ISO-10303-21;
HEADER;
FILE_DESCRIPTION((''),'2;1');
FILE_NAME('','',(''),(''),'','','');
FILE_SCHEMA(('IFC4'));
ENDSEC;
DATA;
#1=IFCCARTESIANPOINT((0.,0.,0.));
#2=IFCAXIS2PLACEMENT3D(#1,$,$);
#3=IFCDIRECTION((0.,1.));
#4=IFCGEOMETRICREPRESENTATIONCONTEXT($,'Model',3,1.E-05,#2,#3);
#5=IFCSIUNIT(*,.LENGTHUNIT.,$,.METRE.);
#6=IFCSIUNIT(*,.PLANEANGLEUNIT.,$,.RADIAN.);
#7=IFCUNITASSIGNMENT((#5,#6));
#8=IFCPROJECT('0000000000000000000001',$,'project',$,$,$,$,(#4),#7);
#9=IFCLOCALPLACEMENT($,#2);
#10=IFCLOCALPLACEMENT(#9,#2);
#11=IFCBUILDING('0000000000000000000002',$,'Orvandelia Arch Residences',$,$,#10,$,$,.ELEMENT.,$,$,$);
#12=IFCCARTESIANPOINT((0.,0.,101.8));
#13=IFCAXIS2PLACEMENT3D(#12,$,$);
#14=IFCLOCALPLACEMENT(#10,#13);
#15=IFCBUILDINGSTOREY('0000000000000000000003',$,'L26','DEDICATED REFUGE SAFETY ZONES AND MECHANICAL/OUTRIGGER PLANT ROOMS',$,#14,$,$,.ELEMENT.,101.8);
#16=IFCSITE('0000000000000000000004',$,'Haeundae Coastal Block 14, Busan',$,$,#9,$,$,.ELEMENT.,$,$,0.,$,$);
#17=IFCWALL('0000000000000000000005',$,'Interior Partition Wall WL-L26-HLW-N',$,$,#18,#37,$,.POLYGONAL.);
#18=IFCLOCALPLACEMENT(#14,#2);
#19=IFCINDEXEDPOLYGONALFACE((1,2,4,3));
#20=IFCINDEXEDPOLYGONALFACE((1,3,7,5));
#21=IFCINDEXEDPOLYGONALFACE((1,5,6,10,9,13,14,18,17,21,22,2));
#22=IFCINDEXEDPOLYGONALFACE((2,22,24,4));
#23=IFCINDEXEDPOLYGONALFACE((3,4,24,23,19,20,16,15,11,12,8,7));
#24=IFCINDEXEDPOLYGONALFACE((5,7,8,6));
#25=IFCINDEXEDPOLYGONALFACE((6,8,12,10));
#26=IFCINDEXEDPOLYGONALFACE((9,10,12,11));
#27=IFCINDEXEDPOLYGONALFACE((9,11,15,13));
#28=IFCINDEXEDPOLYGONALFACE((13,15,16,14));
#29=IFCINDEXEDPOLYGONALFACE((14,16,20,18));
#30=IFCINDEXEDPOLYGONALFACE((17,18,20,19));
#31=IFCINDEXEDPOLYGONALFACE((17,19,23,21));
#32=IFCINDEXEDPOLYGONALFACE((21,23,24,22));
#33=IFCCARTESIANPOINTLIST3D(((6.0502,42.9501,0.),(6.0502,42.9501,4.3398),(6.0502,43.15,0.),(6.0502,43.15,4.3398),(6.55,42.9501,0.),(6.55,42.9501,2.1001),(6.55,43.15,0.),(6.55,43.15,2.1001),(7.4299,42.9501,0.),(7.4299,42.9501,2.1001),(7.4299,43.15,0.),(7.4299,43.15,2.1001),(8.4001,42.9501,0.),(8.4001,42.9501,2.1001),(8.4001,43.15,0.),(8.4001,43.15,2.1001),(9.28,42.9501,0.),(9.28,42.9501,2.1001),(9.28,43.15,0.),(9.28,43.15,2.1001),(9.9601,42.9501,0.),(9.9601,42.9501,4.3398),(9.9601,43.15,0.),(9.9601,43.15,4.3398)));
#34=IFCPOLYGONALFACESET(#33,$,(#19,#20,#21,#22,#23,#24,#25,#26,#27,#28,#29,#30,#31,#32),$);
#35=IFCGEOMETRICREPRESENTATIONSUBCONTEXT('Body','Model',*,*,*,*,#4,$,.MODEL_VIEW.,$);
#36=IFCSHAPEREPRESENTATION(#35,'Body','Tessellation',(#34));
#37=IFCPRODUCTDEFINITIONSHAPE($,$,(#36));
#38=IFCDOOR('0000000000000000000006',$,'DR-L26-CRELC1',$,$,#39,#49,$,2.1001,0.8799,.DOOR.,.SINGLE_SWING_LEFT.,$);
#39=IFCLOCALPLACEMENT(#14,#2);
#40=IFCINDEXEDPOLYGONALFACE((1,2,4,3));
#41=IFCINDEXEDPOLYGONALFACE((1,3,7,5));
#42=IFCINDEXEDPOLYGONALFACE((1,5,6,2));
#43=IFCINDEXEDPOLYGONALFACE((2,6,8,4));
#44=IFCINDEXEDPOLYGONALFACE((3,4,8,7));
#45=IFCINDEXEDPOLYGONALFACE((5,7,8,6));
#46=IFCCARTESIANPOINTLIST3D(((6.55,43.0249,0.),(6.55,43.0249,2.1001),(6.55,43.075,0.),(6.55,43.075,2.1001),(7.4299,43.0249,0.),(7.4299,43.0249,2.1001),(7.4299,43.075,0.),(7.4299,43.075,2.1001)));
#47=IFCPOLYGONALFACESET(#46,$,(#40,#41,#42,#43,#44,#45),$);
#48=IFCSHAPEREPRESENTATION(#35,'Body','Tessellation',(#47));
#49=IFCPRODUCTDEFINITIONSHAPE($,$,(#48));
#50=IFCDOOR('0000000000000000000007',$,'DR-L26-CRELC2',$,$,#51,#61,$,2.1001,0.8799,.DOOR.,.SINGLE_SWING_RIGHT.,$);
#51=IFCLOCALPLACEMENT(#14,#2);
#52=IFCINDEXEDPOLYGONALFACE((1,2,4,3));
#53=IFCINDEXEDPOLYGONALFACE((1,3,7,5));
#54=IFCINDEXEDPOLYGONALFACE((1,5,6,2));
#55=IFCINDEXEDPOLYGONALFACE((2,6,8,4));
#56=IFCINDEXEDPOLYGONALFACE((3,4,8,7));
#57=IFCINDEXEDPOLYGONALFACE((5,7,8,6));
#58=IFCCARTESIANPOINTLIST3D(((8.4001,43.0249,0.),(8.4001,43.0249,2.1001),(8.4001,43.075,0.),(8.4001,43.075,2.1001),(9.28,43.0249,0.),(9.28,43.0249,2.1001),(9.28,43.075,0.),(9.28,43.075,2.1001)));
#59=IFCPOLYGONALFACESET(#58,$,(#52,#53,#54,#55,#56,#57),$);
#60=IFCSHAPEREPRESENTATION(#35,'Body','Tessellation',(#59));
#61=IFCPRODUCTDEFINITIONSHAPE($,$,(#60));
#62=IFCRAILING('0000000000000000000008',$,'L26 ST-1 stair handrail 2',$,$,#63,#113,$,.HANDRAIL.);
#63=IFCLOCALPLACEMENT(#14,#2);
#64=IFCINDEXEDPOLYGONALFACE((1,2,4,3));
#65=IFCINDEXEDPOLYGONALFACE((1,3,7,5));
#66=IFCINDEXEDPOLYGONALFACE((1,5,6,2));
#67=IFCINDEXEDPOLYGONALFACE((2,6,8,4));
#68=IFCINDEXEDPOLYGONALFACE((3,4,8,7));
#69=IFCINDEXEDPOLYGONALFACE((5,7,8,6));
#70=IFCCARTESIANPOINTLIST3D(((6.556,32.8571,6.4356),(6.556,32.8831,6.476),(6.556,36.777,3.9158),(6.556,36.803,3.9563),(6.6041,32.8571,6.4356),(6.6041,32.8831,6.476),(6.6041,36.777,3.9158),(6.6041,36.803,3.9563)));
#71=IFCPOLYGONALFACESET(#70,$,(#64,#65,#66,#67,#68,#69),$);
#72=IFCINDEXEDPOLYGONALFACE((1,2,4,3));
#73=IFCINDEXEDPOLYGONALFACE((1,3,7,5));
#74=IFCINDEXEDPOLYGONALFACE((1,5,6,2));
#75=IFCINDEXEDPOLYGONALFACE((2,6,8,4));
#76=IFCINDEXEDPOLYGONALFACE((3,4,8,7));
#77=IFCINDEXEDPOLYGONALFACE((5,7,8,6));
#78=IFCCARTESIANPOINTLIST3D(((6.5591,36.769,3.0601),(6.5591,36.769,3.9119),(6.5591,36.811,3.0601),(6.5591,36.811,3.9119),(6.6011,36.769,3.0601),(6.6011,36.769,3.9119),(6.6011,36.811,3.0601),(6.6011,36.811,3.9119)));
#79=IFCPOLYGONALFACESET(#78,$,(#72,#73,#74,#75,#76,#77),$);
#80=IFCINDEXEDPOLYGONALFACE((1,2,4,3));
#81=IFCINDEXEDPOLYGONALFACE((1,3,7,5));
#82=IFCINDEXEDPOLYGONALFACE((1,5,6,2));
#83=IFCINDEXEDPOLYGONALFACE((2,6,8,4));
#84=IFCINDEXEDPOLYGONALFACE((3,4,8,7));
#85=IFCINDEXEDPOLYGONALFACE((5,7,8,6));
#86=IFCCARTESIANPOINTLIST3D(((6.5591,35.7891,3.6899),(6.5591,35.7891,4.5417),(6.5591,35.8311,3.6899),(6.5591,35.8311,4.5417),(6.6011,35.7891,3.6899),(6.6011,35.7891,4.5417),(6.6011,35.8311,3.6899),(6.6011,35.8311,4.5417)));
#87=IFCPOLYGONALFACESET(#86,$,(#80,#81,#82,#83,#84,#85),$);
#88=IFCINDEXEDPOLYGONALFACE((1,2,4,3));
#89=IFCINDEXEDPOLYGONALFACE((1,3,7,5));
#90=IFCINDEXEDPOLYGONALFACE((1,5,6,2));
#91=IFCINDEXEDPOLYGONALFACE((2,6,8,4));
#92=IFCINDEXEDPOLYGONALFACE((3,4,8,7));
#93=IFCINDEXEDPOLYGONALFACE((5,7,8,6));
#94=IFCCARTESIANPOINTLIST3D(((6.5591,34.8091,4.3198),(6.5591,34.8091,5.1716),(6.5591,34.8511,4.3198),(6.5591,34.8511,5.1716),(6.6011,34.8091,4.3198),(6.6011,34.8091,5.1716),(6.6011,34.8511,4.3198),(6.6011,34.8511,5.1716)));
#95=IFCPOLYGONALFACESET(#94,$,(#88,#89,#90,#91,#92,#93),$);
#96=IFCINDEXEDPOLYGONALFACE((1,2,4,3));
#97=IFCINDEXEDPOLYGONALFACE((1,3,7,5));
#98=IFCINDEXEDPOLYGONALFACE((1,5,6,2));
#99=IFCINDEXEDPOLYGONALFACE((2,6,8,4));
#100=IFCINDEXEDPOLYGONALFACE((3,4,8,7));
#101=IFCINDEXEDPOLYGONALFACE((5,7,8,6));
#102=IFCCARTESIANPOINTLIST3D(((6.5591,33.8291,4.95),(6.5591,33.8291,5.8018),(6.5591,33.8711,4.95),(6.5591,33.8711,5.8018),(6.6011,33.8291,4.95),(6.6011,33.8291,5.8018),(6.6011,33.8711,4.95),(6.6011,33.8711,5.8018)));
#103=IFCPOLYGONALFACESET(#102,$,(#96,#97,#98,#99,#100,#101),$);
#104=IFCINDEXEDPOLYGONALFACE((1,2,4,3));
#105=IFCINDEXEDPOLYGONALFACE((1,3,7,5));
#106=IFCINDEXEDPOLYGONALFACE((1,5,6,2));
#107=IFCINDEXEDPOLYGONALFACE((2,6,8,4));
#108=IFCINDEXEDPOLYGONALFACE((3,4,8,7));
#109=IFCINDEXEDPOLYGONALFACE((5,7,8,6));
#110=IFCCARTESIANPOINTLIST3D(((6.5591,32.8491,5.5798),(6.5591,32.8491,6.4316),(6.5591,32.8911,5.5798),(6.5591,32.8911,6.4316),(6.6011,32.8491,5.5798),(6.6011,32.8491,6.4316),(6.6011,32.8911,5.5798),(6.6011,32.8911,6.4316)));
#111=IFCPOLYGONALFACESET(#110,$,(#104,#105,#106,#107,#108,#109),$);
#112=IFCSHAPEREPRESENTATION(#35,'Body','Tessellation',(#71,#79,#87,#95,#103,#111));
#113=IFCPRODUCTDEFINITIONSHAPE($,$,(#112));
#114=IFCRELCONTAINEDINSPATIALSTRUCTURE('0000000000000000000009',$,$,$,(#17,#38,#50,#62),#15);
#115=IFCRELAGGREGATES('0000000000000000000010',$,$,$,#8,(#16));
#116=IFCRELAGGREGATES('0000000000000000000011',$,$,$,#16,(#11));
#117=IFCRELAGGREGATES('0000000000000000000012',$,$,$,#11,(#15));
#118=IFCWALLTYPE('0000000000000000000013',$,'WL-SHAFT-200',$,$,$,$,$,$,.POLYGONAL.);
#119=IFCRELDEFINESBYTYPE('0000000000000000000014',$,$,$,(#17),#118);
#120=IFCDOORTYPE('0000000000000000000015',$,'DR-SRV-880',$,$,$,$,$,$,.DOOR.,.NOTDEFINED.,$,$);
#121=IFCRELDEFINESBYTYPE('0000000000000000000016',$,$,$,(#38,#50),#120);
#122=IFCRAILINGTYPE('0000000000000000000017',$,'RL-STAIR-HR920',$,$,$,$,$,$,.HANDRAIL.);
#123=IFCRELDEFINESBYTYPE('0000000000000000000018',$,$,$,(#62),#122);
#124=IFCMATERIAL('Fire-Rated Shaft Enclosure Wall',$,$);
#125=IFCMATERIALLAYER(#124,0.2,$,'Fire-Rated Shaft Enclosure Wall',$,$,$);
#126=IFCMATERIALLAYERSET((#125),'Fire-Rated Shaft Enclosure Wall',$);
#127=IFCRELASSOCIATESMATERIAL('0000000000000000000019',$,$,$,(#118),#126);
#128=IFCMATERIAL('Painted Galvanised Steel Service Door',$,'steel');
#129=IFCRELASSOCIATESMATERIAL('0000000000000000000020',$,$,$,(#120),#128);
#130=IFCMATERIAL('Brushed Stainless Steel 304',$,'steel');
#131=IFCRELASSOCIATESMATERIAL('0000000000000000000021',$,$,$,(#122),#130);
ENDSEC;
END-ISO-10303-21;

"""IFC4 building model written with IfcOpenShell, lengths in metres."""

from ifc_helpers import new_model, si_unit, direction, frame, frame_2d, origin, origin_2d, place, context, subcontext, project, spatial, rectangle, extrude, material, layer, layer_set, type_object, element, fill, save


model = new_model("IFC4")

# Units and contexts
model_context = context("Model", 3, precision=1e-05, world=origin(), true_north=direction((0.0, 1.0)))
body_context = subcontext(model_context, "Body", "Model", "MODEL_VIEW")
ifc_project = project(units=[si_unit("LENGTHUNIT", "METRE"), si_unit("PLANEANGLEUNIT", "RADIAN")], contexts=[model_context])

# Site, building, storey
site_placement = place(None, origin())
site = spatial("IfcSite", under=ifc_project, at=site_placement, Name="Haeundae Coastal Block 14, Busan", CompositionType="ELEMENT", RefElevation=0.0)
building_placement = place(site_placement, origin())
building = spatial("IfcBuilding", under=site, at=building_placement, Name="Orvandelia Arch Residences", CompositionType="ELEMENT")
storey_placement = place(building_placement, frame((0.0, 0.0, 101.8)))
storey = spatial("IfcBuildingStorey", under=building, at=storey_placement, Name="L26", Description="DEDICATED REFUGE SAFETY ZONES AND MECHANICAL/OUTRIGGER PLANT ROOMS", CompositionType="ELEMENT", Elevation=101.8)

# Wall, openings, doors
ifc_material_1 = material(Name="Fire-Rated Shaft Enclosure Wall")
ifc_layer_1 = layer(ifc_material_1, 0.2, Name="Fire-Rated Shaft Enclosure Wall")
ifc_layer_set_1 = layer_set([ifc_layer_1], Name="Fire-Rated Shaft Enclosure Wall")
wall_type_1 = type_object("IfcWallType", Name="WL-SHAFT-200", PredefinedType="POLYGONAL", material=ifc_layer_set_1)
wall_1_placement = place(storey_placement, frame((6.05, 43.05, 0.0), z_axis=(0.0, 0.0, 1.0), x_axis=(1.0, 0.0, 0.0)))
wall_1 = element("IfcWall", 1, at=wall_1_placement, inside=storey, type_object=wall_type_1, Name="Interior Partition Wall WL-L26-HLW-N", PredefinedType="POLYGONAL", context=body_context, shape_type="SweptSolid", body=[
    extrude(rectangle(XDim=3.9099, YDim=0.2, at=frame_2d((1.9551, 0.0))), origin(), (0.0, 0.0, 1.0), 4.3398),
])
opening_1_placement = place(wall_1_placement, frame((0.5, 0.0, 0.0)))
opening_1 = element("IfcOpeningElement", 2, at=opening_1_placement, cuts=wall_1, PredefinedType="OPENING", context=body_context, shape_type="SweptSolid", body=[
    extrude(rectangle(XDim=0.8799, YDim=2.1001, at=frame_2d((0.4399, 1.05))), frame((0.0, 0.1099, 0.0), z_axis=(0.0, -1.0, 0.0), x_axis=(1.0, 0.0, 0.0)), (0.0, 0.0, 1.0), 0.22),
])
opening_2_placement = place(wall_1_placement, frame((2.3501, 0.0, 0.0)))
opening_2 = element("IfcOpeningElement", 3, at=opening_2_placement, cuts=wall_1, PredefinedType="OPENING", context=body_context, shape_type="SweptSolid", body=[
    extrude(rectangle(XDim=0.8799, YDim=2.1001, at=frame_2d((0.4399, 1.05))), frame((0.0, 0.1099, 0.0), z_axis=(0.0, -1.0, 0.0), x_axis=(1.0, 0.0, 0.0)), (0.0, 0.0, 1.0), 0.22),
])
ifc_material_2 = material(Name="Painted Galvanised Steel Service Door", Category="steel")
door_type = type_object("IfcDoorType", Name="DR-SRV-880", OperationType="NOTDEFINED", PredefinedType="DOOR", material=ifc_material_2)
door_1_placement = place(opening_1_placement, origin())
door_1 = element("IfcDoor", 4, at=door_1_placement, inside=storey, type_object=door_type, Name="DR-L26-CRELC1", OperationType="SINGLE_SWING_LEFT", OverallHeight=2.1001, OverallWidth=0.8799, PredefinedType="DOOR", context=body_context, shape_type="SweptSolid", body=[
    extrude(rectangle(XDim=0.8799, YDim=2.1001, at=frame_2d((0.4399, 1.05))), frame((0.0, 0.0249, 0.0), z_axis=(0.0, -1.0, 0.0), x_axis=(1.0, 0.0, 0.0)), (0.0, 0.0, 1.0), 0.05),
])
fill(opening_1, door_1)
door_2_placement = place(opening_2_placement, origin())
door_2 = element("IfcDoor", 5, at=door_2_placement, inside=storey, type_object=door_type, Name="DR-L26-CRELC2", OperationType="SINGLE_SWING_RIGHT", OverallHeight=2.1001, OverallWidth=0.8799, PredefinedType="DOOR", context=body_context, shape_type="SweptSolid", body=[
    extrude(rectangle(XDim=0.8799, YDim=2.1001, at=frame_2d((0.4399, 1.05))), frame((0.0, 0.0249, 0.0), z_axis=(0.0, -1.0, 0.0), x_axis=(1.0, 0.0, 0.0)), (0.0, 0.0, 1.0), 0.05),
])
fill(opening_2, door_2)

# Railing
ifc_material_3 = material(Name="Brushed Stainless Steel 304", Category="steel")
railing_type = type_object("IfcRailingType", Name="RL-STAIR-HR920", PredefinedType="HANDRAIL", material=ifc_material_3)
railing_placement = place(storey_placement, frame((6.5801, 36.79, 3.0601)))
element("IfcRailing", 6, at=railing_placement, inside=storey, type_object=railing_type, Name="L26 ST-1 stair handrail 2", PredefinedType="HANDRAIL", context=body_context, shape_type="SweptSolid", body=[
    extrude(rectangle(XDim=0.0481, YDim=0.0481, at=origin_2d()), frame((0.0, 0.0, 0.876), z_axis=(0.0, -0.841195, 0.540731), x_axis=(1.0, 0.0, 0.0)), (0.0, 0.0, 1.0), 4.6599),
    extrude(rectangle(XDim=0.042, YDim=0.042, at=origin_2d()), origin(), (0.0, 0.0, 1.0), 0.8518),
    extrude(rectangle(XDim=0.042, YDim=0.042, at=origin_2d()), frame((0.0, -0.98, 0.6299)), (0.0, 0.0, 1.0), 0.8518),
    extrude(rectangle(XDim=0.042, YDim=0.042, at=origin_2d()), frame((0.0, -1.96, 1.2598)), (0.0, 0.0, 1.0), 0.8518),
    extrude(rectangle(XDim=0.042, YDim=0.042, at=origin_2d()), frame((0.0, -2.9399, 1.8899)), (0.0, 0.0, 1.0), 0.8518),
    extrude(rectangle(XDim=0.042, YDim=0.042, at=origin_2d()), frame((0.0, -3.9199, 2.5198)), (0.0, 0.0, 1.0), 0.8518),
])

save(model, "model.ifc")
